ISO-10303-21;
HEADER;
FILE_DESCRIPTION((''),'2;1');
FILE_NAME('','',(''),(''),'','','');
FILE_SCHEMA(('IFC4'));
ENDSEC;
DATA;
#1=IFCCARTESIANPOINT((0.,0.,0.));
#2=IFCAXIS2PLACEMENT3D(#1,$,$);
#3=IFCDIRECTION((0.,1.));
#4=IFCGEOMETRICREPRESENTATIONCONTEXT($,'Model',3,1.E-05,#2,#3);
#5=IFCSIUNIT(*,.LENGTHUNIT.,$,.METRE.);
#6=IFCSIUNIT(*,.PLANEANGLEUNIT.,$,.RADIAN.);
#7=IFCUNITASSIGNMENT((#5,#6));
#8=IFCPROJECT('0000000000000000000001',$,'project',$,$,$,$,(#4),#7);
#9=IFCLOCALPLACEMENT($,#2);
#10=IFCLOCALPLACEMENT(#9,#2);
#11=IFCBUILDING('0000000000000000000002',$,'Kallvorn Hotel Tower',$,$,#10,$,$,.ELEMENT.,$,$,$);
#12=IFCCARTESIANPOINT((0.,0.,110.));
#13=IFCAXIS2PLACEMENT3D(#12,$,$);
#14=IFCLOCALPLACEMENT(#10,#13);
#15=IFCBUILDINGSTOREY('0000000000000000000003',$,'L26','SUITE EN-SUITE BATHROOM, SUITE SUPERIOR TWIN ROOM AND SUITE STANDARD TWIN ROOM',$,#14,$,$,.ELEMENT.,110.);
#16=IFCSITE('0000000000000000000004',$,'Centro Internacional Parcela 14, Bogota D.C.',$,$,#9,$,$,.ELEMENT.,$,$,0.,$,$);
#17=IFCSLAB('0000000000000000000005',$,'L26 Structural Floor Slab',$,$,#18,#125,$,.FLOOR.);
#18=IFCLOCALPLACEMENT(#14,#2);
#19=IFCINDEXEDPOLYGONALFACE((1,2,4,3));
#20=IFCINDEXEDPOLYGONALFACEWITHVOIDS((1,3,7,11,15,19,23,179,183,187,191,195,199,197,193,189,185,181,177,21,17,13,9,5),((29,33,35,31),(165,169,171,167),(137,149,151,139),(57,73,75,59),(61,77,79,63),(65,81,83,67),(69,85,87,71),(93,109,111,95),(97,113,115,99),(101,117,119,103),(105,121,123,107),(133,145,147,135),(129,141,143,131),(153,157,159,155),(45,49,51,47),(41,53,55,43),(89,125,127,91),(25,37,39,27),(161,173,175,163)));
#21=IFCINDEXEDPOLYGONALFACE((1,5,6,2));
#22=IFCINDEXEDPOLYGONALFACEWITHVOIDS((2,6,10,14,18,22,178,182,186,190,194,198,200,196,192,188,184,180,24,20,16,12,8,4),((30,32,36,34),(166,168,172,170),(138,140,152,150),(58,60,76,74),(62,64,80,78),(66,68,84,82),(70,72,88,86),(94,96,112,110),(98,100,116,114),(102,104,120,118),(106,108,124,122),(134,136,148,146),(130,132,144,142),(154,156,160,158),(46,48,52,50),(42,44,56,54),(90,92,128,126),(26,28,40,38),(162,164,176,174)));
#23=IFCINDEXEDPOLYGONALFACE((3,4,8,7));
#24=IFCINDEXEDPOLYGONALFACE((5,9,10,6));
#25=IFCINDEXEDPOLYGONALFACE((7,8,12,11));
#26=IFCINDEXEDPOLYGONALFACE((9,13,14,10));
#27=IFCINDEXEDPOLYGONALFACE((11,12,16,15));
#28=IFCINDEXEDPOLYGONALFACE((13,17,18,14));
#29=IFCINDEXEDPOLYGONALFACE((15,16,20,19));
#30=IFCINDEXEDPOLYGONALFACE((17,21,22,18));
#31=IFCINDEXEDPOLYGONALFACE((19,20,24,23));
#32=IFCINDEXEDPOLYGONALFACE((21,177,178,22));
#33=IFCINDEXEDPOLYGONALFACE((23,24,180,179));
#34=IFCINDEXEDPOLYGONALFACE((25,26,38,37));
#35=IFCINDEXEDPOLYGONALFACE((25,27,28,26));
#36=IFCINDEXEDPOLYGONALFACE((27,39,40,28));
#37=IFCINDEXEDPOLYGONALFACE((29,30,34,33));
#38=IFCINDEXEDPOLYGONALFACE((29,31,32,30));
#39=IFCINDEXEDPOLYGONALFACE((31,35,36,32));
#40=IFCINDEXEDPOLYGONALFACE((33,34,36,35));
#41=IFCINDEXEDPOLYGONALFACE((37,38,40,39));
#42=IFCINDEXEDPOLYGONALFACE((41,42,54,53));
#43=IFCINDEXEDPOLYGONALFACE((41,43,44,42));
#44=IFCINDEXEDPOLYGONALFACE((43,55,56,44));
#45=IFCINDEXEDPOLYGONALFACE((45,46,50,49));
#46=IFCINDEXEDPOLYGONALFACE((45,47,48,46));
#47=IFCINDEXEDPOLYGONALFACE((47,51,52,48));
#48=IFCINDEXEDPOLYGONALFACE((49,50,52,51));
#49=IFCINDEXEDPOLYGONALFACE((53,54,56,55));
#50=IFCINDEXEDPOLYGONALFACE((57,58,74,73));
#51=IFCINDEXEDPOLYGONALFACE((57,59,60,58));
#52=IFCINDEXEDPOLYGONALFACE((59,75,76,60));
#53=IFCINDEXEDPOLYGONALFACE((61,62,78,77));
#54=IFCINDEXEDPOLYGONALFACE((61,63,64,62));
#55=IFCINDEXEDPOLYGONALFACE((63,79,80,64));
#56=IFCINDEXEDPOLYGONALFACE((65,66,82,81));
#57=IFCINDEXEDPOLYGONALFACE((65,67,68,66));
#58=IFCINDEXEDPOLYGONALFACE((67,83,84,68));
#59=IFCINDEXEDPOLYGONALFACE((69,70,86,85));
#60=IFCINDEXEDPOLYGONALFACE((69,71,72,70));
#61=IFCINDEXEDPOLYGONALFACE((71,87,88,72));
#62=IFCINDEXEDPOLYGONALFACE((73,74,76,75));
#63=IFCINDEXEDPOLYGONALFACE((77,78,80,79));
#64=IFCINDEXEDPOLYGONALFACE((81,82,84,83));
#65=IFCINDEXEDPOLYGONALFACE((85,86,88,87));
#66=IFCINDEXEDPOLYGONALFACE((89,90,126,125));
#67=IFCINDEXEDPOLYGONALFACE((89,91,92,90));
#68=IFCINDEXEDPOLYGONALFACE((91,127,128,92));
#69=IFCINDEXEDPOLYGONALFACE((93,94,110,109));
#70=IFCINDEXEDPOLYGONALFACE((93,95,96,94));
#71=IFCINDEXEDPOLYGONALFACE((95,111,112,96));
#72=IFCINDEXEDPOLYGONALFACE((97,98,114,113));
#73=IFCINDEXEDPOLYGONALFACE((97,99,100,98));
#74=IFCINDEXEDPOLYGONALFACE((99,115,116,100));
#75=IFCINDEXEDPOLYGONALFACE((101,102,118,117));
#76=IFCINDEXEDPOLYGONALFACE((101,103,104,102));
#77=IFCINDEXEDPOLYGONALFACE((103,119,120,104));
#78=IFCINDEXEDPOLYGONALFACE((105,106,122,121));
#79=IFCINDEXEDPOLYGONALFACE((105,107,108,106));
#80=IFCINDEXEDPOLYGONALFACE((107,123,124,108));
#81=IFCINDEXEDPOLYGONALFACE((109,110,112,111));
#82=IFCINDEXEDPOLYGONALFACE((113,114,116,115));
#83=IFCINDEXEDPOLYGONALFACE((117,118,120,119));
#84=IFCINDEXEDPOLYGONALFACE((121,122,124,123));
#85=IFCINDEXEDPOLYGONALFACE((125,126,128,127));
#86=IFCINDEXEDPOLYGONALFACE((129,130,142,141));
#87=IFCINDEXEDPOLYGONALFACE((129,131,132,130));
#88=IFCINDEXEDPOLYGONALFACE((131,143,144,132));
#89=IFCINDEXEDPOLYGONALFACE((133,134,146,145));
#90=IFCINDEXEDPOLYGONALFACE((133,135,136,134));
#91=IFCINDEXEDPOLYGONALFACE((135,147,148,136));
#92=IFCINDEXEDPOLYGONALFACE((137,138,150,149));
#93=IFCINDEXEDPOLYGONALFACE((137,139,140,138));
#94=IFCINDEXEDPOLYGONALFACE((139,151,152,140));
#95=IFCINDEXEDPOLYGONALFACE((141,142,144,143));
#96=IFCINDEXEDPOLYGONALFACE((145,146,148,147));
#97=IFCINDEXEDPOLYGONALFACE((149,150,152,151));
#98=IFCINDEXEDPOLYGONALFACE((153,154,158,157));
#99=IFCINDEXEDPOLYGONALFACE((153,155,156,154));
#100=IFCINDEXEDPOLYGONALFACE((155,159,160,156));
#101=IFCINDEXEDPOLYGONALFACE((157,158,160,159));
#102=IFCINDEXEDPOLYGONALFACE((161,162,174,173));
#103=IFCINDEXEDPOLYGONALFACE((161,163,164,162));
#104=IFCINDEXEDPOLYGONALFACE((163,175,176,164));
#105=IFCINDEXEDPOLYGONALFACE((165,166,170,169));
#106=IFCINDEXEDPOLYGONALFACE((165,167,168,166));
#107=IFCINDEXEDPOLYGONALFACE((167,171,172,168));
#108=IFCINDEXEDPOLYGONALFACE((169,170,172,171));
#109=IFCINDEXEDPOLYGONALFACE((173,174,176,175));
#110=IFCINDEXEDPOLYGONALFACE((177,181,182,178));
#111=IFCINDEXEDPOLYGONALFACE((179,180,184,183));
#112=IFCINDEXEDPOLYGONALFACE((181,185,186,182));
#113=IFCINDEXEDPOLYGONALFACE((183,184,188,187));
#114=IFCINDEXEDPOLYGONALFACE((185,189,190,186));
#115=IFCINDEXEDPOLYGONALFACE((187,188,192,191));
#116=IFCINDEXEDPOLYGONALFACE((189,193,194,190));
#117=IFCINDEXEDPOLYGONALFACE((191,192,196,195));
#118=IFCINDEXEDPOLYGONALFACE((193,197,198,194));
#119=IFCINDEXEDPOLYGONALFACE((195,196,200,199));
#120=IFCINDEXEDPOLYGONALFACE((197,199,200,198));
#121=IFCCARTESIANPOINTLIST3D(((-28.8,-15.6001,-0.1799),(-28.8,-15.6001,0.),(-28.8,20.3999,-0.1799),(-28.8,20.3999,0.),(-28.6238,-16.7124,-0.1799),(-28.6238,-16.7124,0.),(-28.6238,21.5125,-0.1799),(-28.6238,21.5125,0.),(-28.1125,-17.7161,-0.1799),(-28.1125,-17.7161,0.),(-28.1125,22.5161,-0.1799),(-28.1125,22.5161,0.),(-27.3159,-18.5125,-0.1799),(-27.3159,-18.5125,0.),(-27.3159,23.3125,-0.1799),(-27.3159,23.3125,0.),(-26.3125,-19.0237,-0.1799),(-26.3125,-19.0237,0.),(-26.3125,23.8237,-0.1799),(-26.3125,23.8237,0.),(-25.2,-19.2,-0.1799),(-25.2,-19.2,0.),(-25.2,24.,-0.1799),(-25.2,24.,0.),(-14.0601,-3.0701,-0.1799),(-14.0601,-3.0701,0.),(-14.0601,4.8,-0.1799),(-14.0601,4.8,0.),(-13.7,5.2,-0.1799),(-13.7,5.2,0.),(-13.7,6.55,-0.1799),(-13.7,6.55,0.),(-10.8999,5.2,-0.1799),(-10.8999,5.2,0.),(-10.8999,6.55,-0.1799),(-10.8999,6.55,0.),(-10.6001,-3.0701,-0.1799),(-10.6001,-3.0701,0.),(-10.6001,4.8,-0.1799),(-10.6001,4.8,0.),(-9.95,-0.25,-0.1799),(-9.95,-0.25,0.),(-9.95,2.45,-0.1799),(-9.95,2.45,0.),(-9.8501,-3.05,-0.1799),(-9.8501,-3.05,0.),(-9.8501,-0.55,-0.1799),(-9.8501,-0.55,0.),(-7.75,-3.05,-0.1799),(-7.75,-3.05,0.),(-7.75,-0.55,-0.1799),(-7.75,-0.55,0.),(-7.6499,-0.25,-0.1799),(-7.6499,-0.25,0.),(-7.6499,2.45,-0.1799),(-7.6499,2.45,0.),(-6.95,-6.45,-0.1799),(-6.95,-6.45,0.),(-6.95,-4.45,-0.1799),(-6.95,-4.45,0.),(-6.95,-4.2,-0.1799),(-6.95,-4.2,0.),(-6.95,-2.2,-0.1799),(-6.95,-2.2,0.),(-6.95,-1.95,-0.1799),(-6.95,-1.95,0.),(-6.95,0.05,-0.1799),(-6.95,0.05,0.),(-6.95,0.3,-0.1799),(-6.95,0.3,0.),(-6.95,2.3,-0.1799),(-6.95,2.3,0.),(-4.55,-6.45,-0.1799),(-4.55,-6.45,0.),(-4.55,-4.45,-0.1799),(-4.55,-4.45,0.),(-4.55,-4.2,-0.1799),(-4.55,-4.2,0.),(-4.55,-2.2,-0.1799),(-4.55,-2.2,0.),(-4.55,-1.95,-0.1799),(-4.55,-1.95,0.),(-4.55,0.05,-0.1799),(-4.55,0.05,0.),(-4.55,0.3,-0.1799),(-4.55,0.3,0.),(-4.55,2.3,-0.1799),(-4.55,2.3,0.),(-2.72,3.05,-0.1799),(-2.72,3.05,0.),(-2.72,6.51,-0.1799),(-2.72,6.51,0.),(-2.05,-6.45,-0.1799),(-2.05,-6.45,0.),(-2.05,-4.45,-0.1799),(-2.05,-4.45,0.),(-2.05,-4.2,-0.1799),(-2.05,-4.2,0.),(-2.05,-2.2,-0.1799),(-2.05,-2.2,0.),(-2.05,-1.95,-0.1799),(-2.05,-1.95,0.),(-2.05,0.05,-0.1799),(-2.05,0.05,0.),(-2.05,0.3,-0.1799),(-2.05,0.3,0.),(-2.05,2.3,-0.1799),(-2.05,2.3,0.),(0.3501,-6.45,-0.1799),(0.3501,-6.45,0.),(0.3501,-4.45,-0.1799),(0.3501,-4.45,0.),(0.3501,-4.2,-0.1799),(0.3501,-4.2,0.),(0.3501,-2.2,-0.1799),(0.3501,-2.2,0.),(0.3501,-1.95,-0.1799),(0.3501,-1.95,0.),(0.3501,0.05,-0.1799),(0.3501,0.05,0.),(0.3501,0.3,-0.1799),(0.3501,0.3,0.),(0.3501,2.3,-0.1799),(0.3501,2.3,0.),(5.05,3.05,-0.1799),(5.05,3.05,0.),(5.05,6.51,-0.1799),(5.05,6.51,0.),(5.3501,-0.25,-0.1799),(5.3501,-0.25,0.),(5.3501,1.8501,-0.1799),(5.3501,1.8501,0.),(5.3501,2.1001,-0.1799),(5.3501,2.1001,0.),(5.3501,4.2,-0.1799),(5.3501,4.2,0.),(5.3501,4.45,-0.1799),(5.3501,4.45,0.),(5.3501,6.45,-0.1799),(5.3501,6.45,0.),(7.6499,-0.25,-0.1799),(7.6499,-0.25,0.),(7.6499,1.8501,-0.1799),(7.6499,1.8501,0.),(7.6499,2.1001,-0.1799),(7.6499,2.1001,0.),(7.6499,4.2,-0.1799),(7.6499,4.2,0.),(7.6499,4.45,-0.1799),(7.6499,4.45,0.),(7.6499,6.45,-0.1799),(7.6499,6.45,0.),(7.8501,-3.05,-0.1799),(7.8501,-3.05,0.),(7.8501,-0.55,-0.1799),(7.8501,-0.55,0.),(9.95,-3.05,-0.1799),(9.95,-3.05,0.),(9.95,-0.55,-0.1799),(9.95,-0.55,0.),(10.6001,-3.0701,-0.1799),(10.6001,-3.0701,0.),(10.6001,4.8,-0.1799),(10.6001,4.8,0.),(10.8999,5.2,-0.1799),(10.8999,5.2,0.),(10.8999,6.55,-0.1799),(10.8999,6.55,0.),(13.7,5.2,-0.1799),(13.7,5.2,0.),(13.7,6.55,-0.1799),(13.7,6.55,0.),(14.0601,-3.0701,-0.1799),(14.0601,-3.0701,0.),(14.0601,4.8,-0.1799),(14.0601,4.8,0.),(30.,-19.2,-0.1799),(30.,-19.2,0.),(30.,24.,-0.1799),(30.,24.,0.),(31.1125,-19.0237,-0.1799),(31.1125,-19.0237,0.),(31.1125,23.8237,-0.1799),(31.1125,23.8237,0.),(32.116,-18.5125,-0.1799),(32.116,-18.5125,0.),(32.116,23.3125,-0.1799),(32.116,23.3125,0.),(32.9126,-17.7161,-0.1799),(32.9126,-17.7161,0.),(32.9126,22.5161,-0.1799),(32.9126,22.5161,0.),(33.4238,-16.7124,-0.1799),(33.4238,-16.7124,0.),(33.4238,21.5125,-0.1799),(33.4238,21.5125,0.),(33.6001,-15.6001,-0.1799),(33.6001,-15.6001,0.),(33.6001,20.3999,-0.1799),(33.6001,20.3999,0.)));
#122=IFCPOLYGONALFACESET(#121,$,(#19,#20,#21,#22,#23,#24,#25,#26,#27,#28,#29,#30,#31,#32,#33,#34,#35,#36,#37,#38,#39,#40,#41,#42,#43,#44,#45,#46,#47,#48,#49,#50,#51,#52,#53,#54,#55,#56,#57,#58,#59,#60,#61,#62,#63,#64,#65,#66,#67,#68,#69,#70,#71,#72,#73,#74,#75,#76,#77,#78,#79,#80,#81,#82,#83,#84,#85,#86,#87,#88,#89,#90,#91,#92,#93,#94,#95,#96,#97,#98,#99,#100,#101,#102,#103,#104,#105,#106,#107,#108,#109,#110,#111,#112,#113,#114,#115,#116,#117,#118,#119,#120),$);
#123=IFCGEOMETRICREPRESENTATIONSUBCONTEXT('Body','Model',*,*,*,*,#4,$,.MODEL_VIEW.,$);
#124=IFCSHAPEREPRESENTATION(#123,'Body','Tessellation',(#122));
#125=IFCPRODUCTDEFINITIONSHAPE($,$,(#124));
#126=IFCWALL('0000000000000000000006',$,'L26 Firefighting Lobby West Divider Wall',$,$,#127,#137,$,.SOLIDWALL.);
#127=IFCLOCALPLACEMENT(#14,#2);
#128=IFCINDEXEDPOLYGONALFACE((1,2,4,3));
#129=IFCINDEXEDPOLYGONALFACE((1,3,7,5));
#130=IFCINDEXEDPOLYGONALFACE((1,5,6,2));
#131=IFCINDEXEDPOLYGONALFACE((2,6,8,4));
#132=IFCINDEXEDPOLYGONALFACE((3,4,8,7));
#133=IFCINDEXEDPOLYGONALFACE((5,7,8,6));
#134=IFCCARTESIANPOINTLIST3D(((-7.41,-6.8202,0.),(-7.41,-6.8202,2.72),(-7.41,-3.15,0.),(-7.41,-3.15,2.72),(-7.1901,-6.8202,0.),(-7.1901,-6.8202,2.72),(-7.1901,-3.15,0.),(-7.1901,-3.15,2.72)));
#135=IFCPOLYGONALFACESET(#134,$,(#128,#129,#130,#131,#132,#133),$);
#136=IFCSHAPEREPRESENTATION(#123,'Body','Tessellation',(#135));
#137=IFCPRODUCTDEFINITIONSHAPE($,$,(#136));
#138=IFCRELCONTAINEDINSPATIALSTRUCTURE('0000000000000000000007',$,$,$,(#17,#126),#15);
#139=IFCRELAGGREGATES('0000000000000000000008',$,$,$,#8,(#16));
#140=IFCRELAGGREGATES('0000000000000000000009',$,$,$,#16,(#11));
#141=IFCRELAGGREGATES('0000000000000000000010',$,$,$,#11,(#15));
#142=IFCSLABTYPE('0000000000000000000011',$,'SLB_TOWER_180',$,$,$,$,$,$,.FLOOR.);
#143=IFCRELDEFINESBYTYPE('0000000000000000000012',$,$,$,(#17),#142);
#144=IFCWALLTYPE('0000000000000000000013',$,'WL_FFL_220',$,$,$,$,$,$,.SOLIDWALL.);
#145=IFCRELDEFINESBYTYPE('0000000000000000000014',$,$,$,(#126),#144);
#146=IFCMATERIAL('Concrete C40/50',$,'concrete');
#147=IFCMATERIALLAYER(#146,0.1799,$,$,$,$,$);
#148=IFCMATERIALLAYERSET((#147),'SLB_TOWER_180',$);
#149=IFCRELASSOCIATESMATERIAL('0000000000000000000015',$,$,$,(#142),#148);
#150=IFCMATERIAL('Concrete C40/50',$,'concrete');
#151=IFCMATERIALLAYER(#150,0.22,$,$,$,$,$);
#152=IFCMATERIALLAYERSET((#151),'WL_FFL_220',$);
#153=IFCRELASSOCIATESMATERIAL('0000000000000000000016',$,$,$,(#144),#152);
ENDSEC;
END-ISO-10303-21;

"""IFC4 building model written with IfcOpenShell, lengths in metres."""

from ifc_helpers import new_model, si_unit, direction, frame, frame_2d, origin, place, context, subcontext, project, spatial, polyline, rectangle, outline, extrude, material, layer, layer_set, type_object, element, save


model = new_model("IFC4")

# Units and contexts
model_context = context("Model", 3, precision=1e-05, world=origin(), true_north=direction((0.0, 1.0)))
body_context = subcontext(model_context, "Body", "Model", "MODEL_VIEW")
ifc_project = project(units=[si_unit("LENGTHUNIT", "METRE"), si_unit("PLANEANGLEUNIT", "RADIAN")], contexts=[model_context])

# Site, building, storey
site_placement = place(None, origin())
site = spatial("IfcSite", under=ifc_project, at=site_placement, Name="Centro Internacional Parcela 14, Bogota D.C.", CompositionType="ELEMENT", RefElevation=0.0)
building_placement = place(site_placement, origin())
building = spatial("IfcBuilding", under=site, at=building_placement, Name="Kallvorn Hotel Tower", CompositionType="ELEMENT")
storey_placement = place(building_placement, frame((0.0, 0.0, 110.0)))
storey = spatial("IfcBuildingStorey", under=building, at=storey_placement, Name="L26", Description="SUITE EN-SUITE BATHROOM, SUITE SUPERIOR TWIN ROOM AND SUITE STANDARD TWIN ROOM", CompositionType="ELEMENT", Elevation=110.0)

# Slab
ifc_material_1 = material(Name="Concrete C40/50", Category="concrete")
ifc_layer_1 = layer(ifc_material_1, 0.1799)
ifc_layer_set_1 = layer_set([ifc_layer_1], Name="SLB_TOWER_180")
slab_type = type_object("IfcSlabType", Name="SLB_TOWER_180", PredefinedType="FLOOR", material=ifc_layer_set_1)
slab_placement = place(storey_placement, frame((0.0, 0.0, -0.1799)))
element("IfcSlab", 1, at=slab_placement, inside=storey, type_object=slab_type, Name="L26 Structural Floor Slab", PredefinedType="FLOOR", context=body_context, shape_type="SweptSolid", body=[
    extrude(outline(polyline([(30.0, -19.2), (31.1125, -19.0237), (32.116, -18.5125), (32.9126, -17.7161), (33.4238, -16.7124), (33.6001, -15.6001), (33.6001, 20.3999), (33.4238, 21.5125), (32.9126, 22.5161), (32.116, 23.3125), (31.1125, 23.8237), (30.0, 24.0), (-25.2, 24.0), (-26.3125, 23.8237), (-27.3159, 23.3125), (-28.1125, 22.5161), (-28.6238, 21.5125), (-28.8, 20.3999), (-28.8, -15.6001), (-28.6238, -16.7124), (-28.1125, -17.7161), (-27.3159, -18.5125), (-26.3125, -19.0237), (-25.2, -19.2), (30.0, -19.2)]), holes=[polyline([(-10.6001, -3.0701), (-10.6001, 4.8), (-14.0601, 4.8), (-14.0601, -3.0701), (-10.6001, -3.0701)]), polyline([(14.0601, -3.0701), (14.0601, 4.8), (10.6001, 4.8), (10.6001, -3.0701), (14.0601, -3.0701)]), polyline([(-2.72, 3.05), (5.05, 3.05), (5.05, 6.51), (-2.72, 6.51), (-2.72, 3.05)]), polyline([(-6.95, -6.45), (-4.55, -6.45), (-4.55, -4.45), (-6.95, -4.45), (-6.95, -6.45)]), polyline([(-6.95, -4.2), (-4.55, -4.2), (-4.55, -2.2), (-6.95, -2.2), (-6.95, -4.2)]), polyline([(-6.95, -1.95), (-4.55, -1.95), (-4.55, 0.05), (-6.95, 0.05), (-6.95, -1.95)]), polyline([(-6.95, 0.3), (-4.55, 0.3), (-4.55, 2.3), (-6.95, 2.3), (-6.95, 0.3)]), polyline([(-2.05, -6.45), (0.3501, -6.45), (0.3501, -4.45), (-2.05, -4.45), (-2.05, -6.45)]), polyline([(-2.05, -4.2), (0.3501, -4.2), (0.3501, -2.2), (-2.05, -2.2), (-2.05, -4.2)]), polyline([(-2.05, -1.95), (0.3501, -1.95), (0.3501, 0.05), (-2.05, 0.05), (-2.05, -1.95)]), polyline([(-2.05, 0.3), (0.3501, 0.3), (0.3501, 2.3), (-2.05, 2.3), (-2.05, 0.3)]), polyline([(5.3501, -0.25), (7.6499, -0.25), (7.6499, 1.8501), (5.3501, 1.8501), (5.3501, -0.25)]), polyline([(5.3501, 2.1001), (7.6499, 2.1001), (7.6499, 4.2), (5.3501, 4.2), (5.3501, 2.1001)]), polyline([(5.3501, 4.45), (7.6499, 4.45), (7.6499, 6.45), (5.3501, 6.45), (5.3501, 4.45)]), polyline([(-9.8501, -3.05), (-7.75, -3.05), (-7.75, -0.55), (-9.8501, -0.55), (-9.8501, -3.05)]), polyline([(7.8501, -3.05), (9.95, -3.05), (9.95, -0.55), (7.8501, -0.55), (7.8501, -3.05)]), polyline([(-9.95, -0.25), (-7.6499, -0.25), (-7.6499, 2.45), (-9.95, 2.45), (-9.95, -0.25)]), polyline([(-13.7, 5.2), (-10.8999, 5.2), (-10.8999, 6.55), (-13.7, 6.55), (-13.7, 5.2)]), polyline([(10.8999, 5.2), (13.7, 5.2), (13.7, 6.55), (10.8999, 6.55), (10.8999, 5.2)])]), origin(), (0.0, 0.0, 1.0), 0.1799),
])

# Wall
ifc_material_2 = material(Name="Concrete C40/50", Category="concrete")
ifc_layer_2 = layer(ifc_material_2, 0.22)
ifc_layer_set_2 = layer_set([ifc_layer_2], Name="WL_FFL_220")
wall_type_1 = type_object("IfcWallType", Name="WL_FFL_220", PredefinedType="SOLIDWALL", material=ifc_layer_set_2)
wall_1_placement = place(storey_placement, frame((-7.3, -6.8201, 0.0), z_axis=(0.0, 0.0, 1.0), x_axis=(0.0, 1.0, 0.0)))
element("IfcWall", 2, at=wall_1_placement, inside=storey, type_object=wall_type_1, Name="L26 Firefighting Lobby West Divider Wall", PredefinedType="SOLIDWALL", context=body_context, shape_type="SweptSolid", body=[
    extrude(rectangle(XDim=3.6702, YDim=0.22, at=frame_2d((1.835, 0.0))), origin(), (0.0, 0.0, 1.0), 2.72),
])

save(model, "model.ifc")
